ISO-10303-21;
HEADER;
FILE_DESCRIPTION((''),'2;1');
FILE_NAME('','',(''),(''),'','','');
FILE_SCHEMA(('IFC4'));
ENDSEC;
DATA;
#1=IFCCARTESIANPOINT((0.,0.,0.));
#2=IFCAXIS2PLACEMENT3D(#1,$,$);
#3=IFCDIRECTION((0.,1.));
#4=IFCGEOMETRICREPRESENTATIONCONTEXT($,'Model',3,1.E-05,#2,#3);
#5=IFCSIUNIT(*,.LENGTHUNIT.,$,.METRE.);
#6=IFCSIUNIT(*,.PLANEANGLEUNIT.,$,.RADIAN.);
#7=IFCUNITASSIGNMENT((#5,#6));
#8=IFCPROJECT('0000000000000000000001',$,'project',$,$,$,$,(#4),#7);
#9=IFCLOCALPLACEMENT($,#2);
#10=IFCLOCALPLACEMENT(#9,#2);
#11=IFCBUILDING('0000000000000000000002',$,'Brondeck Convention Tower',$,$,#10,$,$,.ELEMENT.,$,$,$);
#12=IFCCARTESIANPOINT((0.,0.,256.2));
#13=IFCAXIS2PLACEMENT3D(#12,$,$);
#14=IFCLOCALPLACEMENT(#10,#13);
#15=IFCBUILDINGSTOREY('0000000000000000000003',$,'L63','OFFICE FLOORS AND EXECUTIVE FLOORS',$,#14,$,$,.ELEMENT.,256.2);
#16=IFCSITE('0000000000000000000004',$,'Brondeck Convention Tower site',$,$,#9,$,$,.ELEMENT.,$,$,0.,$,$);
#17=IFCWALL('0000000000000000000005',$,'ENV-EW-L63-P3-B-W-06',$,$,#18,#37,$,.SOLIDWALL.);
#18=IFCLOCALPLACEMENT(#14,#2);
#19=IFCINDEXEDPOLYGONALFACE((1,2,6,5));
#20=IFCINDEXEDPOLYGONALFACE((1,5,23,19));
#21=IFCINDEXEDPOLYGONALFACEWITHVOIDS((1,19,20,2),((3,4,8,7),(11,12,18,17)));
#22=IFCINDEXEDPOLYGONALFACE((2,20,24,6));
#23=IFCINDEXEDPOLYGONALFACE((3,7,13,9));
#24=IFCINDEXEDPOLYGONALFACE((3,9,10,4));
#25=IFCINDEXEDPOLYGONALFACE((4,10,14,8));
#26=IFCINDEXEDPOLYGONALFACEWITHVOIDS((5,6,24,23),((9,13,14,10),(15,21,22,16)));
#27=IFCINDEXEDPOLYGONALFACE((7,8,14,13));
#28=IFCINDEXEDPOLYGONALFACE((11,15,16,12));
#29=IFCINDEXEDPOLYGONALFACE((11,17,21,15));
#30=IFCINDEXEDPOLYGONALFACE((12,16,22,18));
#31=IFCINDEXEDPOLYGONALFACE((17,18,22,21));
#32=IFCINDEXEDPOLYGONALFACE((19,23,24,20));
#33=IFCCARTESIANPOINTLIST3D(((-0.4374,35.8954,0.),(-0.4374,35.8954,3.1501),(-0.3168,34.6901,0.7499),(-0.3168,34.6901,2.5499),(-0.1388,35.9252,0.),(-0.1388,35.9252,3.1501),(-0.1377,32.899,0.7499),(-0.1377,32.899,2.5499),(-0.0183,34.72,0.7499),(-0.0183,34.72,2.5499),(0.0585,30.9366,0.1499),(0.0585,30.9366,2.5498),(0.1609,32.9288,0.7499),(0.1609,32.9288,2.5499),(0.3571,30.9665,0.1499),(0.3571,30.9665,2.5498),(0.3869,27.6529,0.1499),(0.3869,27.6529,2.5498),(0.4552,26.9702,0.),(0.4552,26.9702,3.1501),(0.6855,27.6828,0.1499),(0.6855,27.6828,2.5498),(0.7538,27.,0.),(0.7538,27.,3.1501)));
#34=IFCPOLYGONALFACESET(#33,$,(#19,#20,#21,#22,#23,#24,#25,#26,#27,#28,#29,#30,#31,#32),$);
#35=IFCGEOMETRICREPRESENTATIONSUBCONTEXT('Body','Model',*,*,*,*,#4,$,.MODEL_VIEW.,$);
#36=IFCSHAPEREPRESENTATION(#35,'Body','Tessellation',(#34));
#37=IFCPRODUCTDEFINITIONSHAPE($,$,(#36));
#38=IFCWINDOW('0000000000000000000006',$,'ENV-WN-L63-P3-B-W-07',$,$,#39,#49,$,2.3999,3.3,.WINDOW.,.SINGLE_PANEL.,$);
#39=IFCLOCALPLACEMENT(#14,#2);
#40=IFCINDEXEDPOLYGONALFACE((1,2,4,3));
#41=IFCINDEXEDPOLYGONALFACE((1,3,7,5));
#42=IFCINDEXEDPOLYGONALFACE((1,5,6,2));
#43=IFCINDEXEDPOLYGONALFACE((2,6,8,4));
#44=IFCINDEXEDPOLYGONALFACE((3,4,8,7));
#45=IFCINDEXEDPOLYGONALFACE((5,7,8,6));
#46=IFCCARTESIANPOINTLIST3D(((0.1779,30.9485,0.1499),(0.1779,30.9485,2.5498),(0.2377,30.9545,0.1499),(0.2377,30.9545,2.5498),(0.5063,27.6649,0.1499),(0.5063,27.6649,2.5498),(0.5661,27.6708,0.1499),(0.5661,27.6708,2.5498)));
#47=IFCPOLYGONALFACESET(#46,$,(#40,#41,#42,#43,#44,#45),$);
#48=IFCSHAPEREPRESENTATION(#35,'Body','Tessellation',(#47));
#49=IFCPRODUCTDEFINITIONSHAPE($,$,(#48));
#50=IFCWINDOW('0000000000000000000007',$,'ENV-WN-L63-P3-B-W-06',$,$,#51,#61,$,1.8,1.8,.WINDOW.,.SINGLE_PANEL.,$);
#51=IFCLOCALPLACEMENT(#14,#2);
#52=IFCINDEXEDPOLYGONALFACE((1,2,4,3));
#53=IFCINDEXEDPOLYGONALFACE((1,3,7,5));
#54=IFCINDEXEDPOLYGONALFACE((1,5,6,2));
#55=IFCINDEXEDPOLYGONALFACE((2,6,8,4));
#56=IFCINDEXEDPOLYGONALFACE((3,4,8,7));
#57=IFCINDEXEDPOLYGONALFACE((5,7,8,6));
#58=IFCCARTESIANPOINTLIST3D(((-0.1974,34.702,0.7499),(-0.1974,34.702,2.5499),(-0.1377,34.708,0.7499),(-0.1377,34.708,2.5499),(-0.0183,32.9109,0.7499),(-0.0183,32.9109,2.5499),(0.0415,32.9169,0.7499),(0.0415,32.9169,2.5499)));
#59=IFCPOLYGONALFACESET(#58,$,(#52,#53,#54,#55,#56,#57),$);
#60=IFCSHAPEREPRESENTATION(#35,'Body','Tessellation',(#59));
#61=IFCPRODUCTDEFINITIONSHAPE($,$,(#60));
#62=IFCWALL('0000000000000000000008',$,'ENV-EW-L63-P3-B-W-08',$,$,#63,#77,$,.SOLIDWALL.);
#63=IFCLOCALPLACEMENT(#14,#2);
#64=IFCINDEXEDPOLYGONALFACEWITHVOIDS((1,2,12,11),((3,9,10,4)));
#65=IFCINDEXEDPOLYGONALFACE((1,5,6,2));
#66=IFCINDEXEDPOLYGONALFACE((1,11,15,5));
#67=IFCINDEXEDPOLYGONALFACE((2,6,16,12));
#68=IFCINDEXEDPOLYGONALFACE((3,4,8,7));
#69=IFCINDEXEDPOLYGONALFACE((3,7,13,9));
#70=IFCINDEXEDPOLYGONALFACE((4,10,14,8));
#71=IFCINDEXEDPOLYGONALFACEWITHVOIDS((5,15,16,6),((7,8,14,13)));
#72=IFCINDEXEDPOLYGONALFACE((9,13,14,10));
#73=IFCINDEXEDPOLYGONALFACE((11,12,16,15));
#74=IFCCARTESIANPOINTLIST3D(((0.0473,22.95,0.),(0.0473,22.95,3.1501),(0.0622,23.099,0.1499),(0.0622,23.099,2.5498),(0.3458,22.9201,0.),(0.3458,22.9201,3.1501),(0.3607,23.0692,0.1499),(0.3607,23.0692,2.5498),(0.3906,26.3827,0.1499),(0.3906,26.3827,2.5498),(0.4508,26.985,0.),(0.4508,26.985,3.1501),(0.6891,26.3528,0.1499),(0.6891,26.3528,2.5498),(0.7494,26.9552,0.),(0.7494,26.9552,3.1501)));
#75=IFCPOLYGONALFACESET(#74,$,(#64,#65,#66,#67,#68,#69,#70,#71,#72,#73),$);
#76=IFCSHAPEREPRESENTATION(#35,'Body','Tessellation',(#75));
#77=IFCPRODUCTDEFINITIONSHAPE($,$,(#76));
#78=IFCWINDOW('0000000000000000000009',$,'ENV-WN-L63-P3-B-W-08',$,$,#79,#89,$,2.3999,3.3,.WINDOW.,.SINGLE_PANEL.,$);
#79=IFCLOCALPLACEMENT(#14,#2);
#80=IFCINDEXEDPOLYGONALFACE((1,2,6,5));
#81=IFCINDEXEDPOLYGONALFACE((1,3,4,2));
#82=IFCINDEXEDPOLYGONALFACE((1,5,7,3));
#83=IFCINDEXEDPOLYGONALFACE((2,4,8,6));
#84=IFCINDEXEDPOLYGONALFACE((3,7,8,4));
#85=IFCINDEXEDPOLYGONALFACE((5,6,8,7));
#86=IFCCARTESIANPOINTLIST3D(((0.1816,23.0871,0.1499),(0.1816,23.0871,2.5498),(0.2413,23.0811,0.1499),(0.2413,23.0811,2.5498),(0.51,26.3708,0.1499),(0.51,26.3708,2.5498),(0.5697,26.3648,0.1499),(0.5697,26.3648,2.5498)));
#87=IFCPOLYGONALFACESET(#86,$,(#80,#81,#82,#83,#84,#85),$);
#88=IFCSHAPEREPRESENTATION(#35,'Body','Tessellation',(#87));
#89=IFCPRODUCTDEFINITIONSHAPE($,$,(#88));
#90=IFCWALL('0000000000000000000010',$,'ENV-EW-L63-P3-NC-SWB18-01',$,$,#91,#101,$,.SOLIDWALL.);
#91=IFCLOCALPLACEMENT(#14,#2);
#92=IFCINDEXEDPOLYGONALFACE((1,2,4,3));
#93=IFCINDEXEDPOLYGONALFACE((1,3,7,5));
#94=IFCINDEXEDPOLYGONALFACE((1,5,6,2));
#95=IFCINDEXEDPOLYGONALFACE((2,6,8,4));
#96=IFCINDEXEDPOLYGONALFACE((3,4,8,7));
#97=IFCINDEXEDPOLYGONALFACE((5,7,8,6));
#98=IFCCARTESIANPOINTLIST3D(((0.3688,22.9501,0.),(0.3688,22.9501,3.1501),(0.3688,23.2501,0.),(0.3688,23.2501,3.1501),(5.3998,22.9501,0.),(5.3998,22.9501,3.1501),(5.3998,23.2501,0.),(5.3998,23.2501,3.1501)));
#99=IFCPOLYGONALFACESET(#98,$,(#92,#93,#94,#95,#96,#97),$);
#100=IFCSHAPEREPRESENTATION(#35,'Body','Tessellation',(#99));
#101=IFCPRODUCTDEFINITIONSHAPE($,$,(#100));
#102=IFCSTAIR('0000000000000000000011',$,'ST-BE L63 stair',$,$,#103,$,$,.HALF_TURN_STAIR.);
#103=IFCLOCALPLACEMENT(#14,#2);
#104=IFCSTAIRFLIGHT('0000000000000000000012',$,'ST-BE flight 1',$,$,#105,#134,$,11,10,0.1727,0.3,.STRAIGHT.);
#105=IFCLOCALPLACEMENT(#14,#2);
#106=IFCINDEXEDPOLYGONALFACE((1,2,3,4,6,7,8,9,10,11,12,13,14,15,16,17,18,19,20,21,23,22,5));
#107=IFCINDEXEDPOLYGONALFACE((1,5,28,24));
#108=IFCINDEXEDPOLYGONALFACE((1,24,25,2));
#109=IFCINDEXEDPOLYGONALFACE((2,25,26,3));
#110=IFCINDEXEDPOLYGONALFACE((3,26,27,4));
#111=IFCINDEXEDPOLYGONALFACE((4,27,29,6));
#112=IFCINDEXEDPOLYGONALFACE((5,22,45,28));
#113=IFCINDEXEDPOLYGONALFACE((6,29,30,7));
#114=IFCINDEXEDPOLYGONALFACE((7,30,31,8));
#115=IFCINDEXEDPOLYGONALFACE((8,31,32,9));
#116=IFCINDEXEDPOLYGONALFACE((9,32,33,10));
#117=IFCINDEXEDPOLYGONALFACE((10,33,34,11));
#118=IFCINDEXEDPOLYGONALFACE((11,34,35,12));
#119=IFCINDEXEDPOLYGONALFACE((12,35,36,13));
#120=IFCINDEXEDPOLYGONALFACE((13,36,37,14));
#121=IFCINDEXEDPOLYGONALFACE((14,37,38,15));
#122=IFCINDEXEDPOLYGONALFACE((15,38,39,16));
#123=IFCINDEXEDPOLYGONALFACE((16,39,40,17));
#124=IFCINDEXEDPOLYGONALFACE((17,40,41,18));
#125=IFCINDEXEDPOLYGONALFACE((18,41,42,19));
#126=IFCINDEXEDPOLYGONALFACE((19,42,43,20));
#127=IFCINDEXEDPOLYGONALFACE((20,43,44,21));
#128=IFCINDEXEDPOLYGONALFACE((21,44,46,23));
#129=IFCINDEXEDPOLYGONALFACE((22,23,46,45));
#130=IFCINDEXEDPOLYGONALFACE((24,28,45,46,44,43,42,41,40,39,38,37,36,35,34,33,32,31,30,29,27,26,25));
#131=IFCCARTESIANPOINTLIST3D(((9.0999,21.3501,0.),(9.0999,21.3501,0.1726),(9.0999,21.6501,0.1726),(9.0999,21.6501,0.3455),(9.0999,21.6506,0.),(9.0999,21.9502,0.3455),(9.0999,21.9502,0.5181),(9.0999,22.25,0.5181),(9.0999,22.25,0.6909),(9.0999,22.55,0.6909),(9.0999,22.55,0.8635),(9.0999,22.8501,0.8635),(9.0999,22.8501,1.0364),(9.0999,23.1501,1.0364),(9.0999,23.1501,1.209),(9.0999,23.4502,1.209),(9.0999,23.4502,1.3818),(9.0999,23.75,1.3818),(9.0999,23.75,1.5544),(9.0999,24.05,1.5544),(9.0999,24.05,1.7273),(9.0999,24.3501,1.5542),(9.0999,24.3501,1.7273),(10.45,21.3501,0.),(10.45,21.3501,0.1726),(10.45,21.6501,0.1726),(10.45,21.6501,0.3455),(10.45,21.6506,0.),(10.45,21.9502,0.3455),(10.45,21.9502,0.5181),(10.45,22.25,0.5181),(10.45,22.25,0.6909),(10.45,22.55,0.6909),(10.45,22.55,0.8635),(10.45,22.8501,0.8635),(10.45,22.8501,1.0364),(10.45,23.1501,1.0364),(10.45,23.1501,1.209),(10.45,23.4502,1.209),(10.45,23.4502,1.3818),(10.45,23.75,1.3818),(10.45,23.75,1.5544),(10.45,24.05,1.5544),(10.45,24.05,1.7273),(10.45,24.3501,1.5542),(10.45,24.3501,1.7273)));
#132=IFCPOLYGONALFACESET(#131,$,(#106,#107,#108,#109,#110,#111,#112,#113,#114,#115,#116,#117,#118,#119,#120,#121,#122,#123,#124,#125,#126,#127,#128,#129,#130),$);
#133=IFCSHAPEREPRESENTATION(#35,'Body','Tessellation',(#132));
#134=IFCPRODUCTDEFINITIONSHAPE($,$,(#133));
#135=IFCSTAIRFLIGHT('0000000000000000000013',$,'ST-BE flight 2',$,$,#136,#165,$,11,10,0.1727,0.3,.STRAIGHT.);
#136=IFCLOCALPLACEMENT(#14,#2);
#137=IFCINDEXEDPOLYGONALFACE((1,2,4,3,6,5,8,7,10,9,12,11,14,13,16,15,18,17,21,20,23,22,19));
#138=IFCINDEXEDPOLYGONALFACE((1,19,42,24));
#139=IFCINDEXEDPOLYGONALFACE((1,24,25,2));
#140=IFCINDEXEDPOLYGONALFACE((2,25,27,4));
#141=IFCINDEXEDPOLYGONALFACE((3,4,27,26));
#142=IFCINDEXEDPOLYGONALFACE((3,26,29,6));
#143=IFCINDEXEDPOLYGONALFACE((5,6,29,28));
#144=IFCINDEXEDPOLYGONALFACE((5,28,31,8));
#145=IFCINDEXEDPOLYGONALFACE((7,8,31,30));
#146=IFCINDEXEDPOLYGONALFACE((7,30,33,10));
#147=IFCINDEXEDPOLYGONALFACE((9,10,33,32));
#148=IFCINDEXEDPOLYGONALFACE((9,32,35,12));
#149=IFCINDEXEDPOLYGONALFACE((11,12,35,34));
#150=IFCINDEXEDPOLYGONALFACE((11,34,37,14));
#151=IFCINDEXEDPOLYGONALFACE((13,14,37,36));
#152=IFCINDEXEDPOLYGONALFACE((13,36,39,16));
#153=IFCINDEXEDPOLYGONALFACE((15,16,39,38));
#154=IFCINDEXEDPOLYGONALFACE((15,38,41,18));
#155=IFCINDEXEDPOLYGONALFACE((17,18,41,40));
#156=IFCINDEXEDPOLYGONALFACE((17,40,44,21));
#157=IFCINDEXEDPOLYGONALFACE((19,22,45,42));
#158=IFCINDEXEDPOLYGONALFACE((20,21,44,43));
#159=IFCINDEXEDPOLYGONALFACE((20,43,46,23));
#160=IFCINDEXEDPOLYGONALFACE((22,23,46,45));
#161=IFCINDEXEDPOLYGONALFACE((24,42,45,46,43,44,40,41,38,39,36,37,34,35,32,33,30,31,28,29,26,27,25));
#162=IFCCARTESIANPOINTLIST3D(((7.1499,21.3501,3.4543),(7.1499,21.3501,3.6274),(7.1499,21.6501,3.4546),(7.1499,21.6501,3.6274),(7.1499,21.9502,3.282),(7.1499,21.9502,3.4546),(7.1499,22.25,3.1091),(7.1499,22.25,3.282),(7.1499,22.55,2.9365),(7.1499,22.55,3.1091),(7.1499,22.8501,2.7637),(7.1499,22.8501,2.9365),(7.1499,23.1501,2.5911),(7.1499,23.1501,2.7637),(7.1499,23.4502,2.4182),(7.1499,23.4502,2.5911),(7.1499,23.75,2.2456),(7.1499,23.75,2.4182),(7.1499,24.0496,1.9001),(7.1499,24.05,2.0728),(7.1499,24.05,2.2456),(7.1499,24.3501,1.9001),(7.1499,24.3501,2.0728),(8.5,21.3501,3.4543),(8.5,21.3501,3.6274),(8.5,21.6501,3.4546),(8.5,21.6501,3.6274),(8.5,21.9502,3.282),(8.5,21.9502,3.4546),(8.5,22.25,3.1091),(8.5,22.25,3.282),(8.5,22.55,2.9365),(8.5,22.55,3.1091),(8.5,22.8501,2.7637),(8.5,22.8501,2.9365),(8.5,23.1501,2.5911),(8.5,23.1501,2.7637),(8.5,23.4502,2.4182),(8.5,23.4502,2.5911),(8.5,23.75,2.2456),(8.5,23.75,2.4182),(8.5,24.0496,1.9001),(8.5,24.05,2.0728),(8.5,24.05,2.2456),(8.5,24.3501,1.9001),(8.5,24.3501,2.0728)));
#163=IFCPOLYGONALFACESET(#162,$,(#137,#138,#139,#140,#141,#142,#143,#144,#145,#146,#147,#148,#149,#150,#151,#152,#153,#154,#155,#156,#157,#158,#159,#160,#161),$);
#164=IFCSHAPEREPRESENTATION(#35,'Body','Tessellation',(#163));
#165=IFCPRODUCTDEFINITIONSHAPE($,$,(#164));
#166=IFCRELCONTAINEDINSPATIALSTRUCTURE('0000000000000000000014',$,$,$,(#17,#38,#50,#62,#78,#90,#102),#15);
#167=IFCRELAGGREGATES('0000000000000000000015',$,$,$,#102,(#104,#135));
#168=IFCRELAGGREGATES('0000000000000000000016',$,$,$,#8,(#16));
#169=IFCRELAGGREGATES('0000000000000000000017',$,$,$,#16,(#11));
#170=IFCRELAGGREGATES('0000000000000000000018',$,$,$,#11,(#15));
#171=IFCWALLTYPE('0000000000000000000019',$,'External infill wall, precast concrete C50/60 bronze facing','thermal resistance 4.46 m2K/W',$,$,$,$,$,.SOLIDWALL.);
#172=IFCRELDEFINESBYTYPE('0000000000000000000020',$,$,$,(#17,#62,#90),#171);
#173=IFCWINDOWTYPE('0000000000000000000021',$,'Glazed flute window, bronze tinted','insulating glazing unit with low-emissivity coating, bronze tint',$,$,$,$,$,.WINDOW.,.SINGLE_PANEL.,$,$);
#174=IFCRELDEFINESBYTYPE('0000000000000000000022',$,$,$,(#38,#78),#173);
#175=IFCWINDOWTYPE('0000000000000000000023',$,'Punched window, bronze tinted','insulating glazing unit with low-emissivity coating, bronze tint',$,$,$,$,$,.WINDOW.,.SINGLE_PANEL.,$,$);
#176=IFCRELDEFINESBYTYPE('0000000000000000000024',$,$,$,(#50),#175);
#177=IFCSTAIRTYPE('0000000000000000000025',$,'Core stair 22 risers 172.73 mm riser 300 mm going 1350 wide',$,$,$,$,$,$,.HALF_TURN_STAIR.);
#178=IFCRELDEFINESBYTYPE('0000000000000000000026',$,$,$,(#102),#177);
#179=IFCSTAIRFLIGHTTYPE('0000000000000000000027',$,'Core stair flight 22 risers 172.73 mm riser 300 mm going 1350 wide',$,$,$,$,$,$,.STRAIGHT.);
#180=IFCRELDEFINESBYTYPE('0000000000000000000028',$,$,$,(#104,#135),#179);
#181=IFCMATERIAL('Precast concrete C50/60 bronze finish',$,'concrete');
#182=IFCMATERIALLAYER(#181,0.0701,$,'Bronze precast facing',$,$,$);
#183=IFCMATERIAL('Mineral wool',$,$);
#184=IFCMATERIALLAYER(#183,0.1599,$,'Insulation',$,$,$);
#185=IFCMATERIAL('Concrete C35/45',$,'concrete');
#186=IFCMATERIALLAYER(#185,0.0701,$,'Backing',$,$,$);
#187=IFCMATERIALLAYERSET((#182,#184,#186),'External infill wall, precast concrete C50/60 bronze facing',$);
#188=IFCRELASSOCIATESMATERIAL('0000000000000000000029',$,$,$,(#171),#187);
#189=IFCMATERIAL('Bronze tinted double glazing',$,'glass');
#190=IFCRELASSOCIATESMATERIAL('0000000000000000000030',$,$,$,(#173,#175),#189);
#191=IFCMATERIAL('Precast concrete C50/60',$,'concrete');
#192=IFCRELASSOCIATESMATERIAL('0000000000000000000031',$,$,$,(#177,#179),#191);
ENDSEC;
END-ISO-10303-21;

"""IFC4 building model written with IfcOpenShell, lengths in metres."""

from ifc_helpers import new_model, si_unit, direction, frame, frame_2d, origin, place, context, subcontext, project, spatial, polyline, rectangle, outline, extrude, material, layer, layer_set, type_object, element, fill, aggregate, save


model = new_model("IFC4")

# Units and contexts
model_context = context("Model", 3, precision=1e-05, world=origin(), true_north=direction((0.0, 1.0)))
body_context = subcontext(model_context, "Body", "Model", "MODEL_VIEW")
ifc_project = project(units=[si_unit("LENGTHUNIT", "METRE"), si_unit("PLANEANGLEUNIT", "RADIAN")], contexts=[model_context])

# Site, building, storey
site_placement = place(None, origin())
site = spatial("IfcSite", under=ifc_project, at=site_placement, Name="Brondeck Convention Tower site", CompositionType="ELEMENT", RefElevation=0.0)
building_placement = place(site_placement, origin())
building = spatial("IfcBuilding", under=site, at=building_placement, Name="Brondeck Convention Tower", CompositionType="ELEMENT")
storey_placement = place(building_placement, frame((0.0, 0.0, 256.2)))
storey = spatial("IfcBuildingStorey", under=building, at=storey_placement, Name="L63", Description="OFFICE FLOORS AND EXECUTIVE FLOORS", CompositionType="ELEMENT", Elevation=256.2)

# Wall, openings, windows
ifc_material_1 = material(Name="Precast concrete C50/60 bronze finish", Category="concrete")
ifc_layer_1 = layer(ifc_material_1, 0.0701, Name="Bronze precast facing")
ifc_material_2 = material(Name="Mineral wool")
ifc_layer_2 = layer(ifc_material_2, 0.1599, Name="Insulation")
ifc_material_3 = material(Name="Concrete C35/45", Category="concrete")
ifc_layer_3 = layer(ifc_material_3, 0.0701, Name="Backing")
ifc_layer_set_1 = layer_set([ifc_layer_1, ifc_layer_2, ifc_layer_3], Name="External infill wall, precast concrete C50/60 bronze facing")
wall_type_1 = type_object("IfcWallType", Name="External infill wall, precast concrete C50/60 bronze facing", Description="thermal resistance 4.46 m2K/W", PredefinedType="SOLIDWALL", material=ifc_layer_set_1)
wall_1_placement = place(storey_placement, frame((0.6045, 26.9851, 0.0), z_axis=(0.0, 0.0, 1.0), x_axis=(-0.099509, 0.995037, 0.0)))
wall_1 = element("IfcWall", 1, at=wall_1_placement, inside=storey, type_object=wall_type_1, Name="ENV-EW-L63-P3-B-W-06", PredefinedType="SOLIDWALL", context=body_context, shape_type="SweptSolid", body=[
    extrude(rectangle(XDim=8.9697, YDim=0.3, at=frame_2d((4.4849, 0.0))), origin(), (0.0, 0.0, 1.0), 3.1501),
])
opening_1_placement = place(wall_1_placement, frame((0.6863, 0.0, 0.1499)))
opening_1 = element("IfcOpeningElement", 2, at=opening_1_placement, cuts=wall_1, PredefinedType="OPENING", context=body_context, shape_type="SweptSolid", body=[
    extrude(rectangle(XDim=3.3, YDim=2.3999, at=frame_2d((1.6499, 1.2))), frame((0.0, 0.1599, 0.0), z_axis=(0.0, -1.0, 0.0), x_axis=(1.0, 0.0, 0.0)), (0.0, 0.0, 1.0), 0.3201),
])
opening_2_placement = place(wall_1_placement, frame((5.9585, 0.0, 0.75)))
opening_2 = element("IfcOpeningElement", 3, at=opening_2_placement, cuts=wall_1, PredefinedType="OPENING", context=body_context, shape_type="SweptSolid", body=[
    extrude(rectangle(XDim=1.8, YDim=1.8, at=frame_2d((0.8999, 0.8999))), frame((0.0, 0.1599, 0.0), z_axis=(0.0, -1.0, 0.0), x_axis=(1.0, 0.0, 0.0)), (0.0, 0.0, 1.0), 0.3201),
])
ifc_material_4 = material(Name="Bronze tinted double glazing", Category="glass")
window_type_1 = type_object("IfcWindowType", Name="Glazed flute window, bronze tinted", Description="insulating glazing unit with low-emissivity coating, bronze tint", PartitioningType="SINGLE_PANEL", PredefinedType="WINDOW", material=ifc_material_4)
window_1_placement = place(opening_1_placement, origin())
window_1 = element("IfcWindow", 4, at=window_1_placement, inside=storey, type_object=window_type_1, Name="ENV-WN-L63-P3-B-W-07", OverallHeight=2.3999, OverallWidth=3.3, PartitioningType="SINGLE_PANEL", PredefinedType="WINDOW", context=body_context, shape_type="SweptSolid", body=[
    extrude(rectangle(XDim=3.3, YDim=2.3999, at=frame_2d((1.6499, 1.2))), frame((0.0, 0.03, 0.0), z_axis=(0.0, -1.0, 0.0), x_axis=(1.0, 0.0, 0.0)), (0.0, 0.0, 1.0), 0.0601),
])
fill(opening_1, window_1)
window_type_2 = type_object("IfcWindowType", Name="Punched window, bronze tinted", Description="insulating glazing unit with low-emissivity coating, bronze tint", PartitioningType="SINGLE_PANEL", PredefinedType="WINDOW", material=ifc_material_4)
window_2_placement = place(opening_2_placement, origin())
window_2 = element("IfcWindow", 5, at=window_2_placement, inside=storey, type_object=window_type_2, Name="ENV-WN-L63-P3-B-W-06", OverallHeight=1.8, OverallWidth=1.8, PartitioningType="SINGLE_PANEL", PredefinedType="WINDOW", context=body_context, shape_type="SweptSolid", body=[
    extrude(rectangle(XDim=1.8, YDim=1.8, at=frame_2d((0.8999, 0.8999))), frame((0.0, 0.03, 0.0), z_axis=(0.0, -1.0, 0.0), x_axis=(1.0, 0.0, 0.0)), (0.0, 0.0, 1.0), 0.0601),
])
fill(opening_2, window_2)

# Wall, opening, window
wall_2_placement = place(storey_placement, frame((0.1965, 22.9351, 0.0), z_axis=(0.0, 0.0, 1.0), x_axis=(0.099516, 0.995036, 0.0)))
wall_2 = element("IfcWall", 6, at=wall_2_placement, inside=storey, type_object=wall_type_1, Name="ENV-EW-L63-P3-B-W-08", PredefinedType="SOLIDWALL", context=body_context, shape_type="SweptSolid", body=[
    extrude(rectangle(XDim=4.0552, YDim=0.3, at=frame_2d((2.0276, 0.0))), origin(), (0.0, 0.0, 1.0), 3.1501),
])
opening_3_placement = place(wall_2_placement, frame((0.1499, 0.0, 0.1499)))
opening_3 = element("IfcOpeningElement", 7, at=opening_3_placement, cuts=wall_2, PredefinedType="OPENING", context=body_context, shape_type="SweptSolid", body=[
    extrude(rectangle(XDim=3.3, YDim=2.3999, at=frame_2d((1.6499, 1.2))), frame((0.0, 0.1599, 0.0), z_axis=(0.0, -1.0, 0.0), x_axis=(1.0, 0.0, 0.0)), (0.0, 0.0, 1.0), 0.3201),
])
window_3_placement = place(opening_3_placement, origin())
window_3 = element("IfcWindow", 8, at=window_3_placement, inside=storey, type_object=window_type_1, Name="ENV-WN-L63-P3-B-W-08", OverallHeight=2.3999, OverallWidth=3.3, PartitioningType="SINGLE_PANEL", PredefinedType="WINDOW", context=body_context, shape_type="SweptSolid", body=[
    extrude(rectangle(XDim=3.3, YDim=2.3999, at=frame_2d((1.6499, 1.2))), frame((0.0, 0.03, 0.0), z_axis=(0.0, -1.0, 0.0), x_axis=(1.0, 0.0, 0.0)), (0.0, 0.0, 1.0), 0.0601),
])
fill(opening_3, window_3)

# Wall
wall_3_placement = place(storey_placement, frame((5.3999, 23.1001, 0.0), z_axis=(0.0, 0.0, 1.0), x_axis=(-1.0, 0.0, 0.0)))
element("IfcWall", 9, at=wall_3_placement, inside=storey, type_object=wall_type_1, Name="ENV-EW-L63-P3-NC-SWB18-01", PredefinedType="SOLIDWALL", context=body_context, shape_type="SweptSolid", body=[
    extrude(rectangle(XDim=5.031, YDim=0.3, at=frame_2d((2.5156, 0.0))), origin(), (0.0, 0.0, 1.0), 3.1501),
])

# Stair, stair flights
ifc_material_5 = material(Name="Precast concrete C50/60", Category="concrete")
stair_type = type_object("IfcStairType", Name="Core stair 22 risers 172.73 mm riser 300 mm going 1350 wide", PredefinedType="HALF_TURN_STAIR", material=ifc_material_5)
stair_placement = place(storey_placement, origin())
stair = element("IfcStair", 10, at=stair_placement, inside=storey, type_object=stair_type, Name="ST-BE L63 stair", PredefinedType="HALF_TURN_STAIR")
stair_flight_type = type_object("IfcStairFlightType", Name="Core stair flight 22 risers 172.73 mm riser 300 mm going 1350 wide", PredefinedType="STRAIGHT", material=ifc_material_5)
stair_flight_1_placement = place(storey_placement, frame((9.7749, 21.3501, 0.0), z_axis=(0.0, 0.0, 1.0), x_axis=(0.0, 1.0, 0.0)))
stair_flight_1 = element("IfcStairFlight", 11, at=stair_flight_1_placement, type_object=stair_flight_type, Name="ST-BE flight 1", NumberOfRisers=11, NumberOfTreads=10, PredefinedType="STRAIGHT", RiserHeight=0.1727, TreadLength=0.3, context=body_context, shape_type="SweptSolid", body=[
    extrude(outline(polyline([(0.0, 0.0), (0.0, 0.1726), (0.3, 0.1726), (0.3, 0.3455), (0.6001, 0.3455), (0.6001, 0.5181), (0.8999, 0.5181), (0.8999, 0.6909), (1.2, 0.6909), (1.2, 0.8635), (1.5, 0.8635), (1.5, 1.0364), (1.8, 1.0364), (1.8, 1.209), (2.1001, 1.209), (2.1001, 1.3818), (2.3999, 1.3818), (2.3999, 1.5544), (2.7, 1.5544), (2.7, 1.7273), (3.0, 1.7273), (3.0, 1.8999), (3.0, 1.5542), (0.3005, 0.0), (0.0, 0.0)])), frame((0.0, 0.675, 0.0), z_axis=(0.0, -1.0, 0.0), x_axis=(1.0, 0.0, 0.0)), (0.0, 0.0, 1.0), 1.3501),
])
stair_flight_2_placement = place(storey_placement, frame((7.825, 24.3501, 1.9001), z_axis=(0.0, 0.0, 1.0), x_axis=(0.0, -1.0, 0.0)))
stair_flight_2 = element("IfcStairFlight", 12, at=stair_flight_2_placement, type_object=stair_flight_type, Name="ST-BE flight 2", NumberOfRisers=11, NumberOfTreads=10, PredefinedType="STRAIGHT", RiserHeight=0.1727, TreadLength=0.3, context=body_context, shape_type="SweptSolid", body=[
    extrude(outline(polyline([(0.0, 0.0), (0.0, 0.1726), (0.3, 0.1726), (0.3, 0.3455), (0.6001, 0.3455), (0.6001, 0.5181), (0.8999, 0.5181), (0.8999, 0.6909), (1.2, 0.6909), (1.2, 0.8635), (1.5, 0.8635), (1.5, 1.0364), (1.8, 1.0364), (1.8, 1.209), (2.1001, 1.209), (2.1001, 1.3818), (2.3999, 1.3818), (2.3999, 1.5544), (2.7, 1.5544), (2.7, 1.7273), (3.0, 1.7273), (3.0, 1.8999), (3.0, 1.5542), (0.3005, 0.0), (0.0, 0.0)])), frame((0.0, 0.675, 0.0), z_axis=(0.0, -1.0, 0.0), x_axis=(1.0, 0.0, 0.0)), (0.0, 0.0, 1.0), 1.3501),
])
aggregate(stair, [stair_flight_1, stair_flight_2])

save(model, "model.ifc")
